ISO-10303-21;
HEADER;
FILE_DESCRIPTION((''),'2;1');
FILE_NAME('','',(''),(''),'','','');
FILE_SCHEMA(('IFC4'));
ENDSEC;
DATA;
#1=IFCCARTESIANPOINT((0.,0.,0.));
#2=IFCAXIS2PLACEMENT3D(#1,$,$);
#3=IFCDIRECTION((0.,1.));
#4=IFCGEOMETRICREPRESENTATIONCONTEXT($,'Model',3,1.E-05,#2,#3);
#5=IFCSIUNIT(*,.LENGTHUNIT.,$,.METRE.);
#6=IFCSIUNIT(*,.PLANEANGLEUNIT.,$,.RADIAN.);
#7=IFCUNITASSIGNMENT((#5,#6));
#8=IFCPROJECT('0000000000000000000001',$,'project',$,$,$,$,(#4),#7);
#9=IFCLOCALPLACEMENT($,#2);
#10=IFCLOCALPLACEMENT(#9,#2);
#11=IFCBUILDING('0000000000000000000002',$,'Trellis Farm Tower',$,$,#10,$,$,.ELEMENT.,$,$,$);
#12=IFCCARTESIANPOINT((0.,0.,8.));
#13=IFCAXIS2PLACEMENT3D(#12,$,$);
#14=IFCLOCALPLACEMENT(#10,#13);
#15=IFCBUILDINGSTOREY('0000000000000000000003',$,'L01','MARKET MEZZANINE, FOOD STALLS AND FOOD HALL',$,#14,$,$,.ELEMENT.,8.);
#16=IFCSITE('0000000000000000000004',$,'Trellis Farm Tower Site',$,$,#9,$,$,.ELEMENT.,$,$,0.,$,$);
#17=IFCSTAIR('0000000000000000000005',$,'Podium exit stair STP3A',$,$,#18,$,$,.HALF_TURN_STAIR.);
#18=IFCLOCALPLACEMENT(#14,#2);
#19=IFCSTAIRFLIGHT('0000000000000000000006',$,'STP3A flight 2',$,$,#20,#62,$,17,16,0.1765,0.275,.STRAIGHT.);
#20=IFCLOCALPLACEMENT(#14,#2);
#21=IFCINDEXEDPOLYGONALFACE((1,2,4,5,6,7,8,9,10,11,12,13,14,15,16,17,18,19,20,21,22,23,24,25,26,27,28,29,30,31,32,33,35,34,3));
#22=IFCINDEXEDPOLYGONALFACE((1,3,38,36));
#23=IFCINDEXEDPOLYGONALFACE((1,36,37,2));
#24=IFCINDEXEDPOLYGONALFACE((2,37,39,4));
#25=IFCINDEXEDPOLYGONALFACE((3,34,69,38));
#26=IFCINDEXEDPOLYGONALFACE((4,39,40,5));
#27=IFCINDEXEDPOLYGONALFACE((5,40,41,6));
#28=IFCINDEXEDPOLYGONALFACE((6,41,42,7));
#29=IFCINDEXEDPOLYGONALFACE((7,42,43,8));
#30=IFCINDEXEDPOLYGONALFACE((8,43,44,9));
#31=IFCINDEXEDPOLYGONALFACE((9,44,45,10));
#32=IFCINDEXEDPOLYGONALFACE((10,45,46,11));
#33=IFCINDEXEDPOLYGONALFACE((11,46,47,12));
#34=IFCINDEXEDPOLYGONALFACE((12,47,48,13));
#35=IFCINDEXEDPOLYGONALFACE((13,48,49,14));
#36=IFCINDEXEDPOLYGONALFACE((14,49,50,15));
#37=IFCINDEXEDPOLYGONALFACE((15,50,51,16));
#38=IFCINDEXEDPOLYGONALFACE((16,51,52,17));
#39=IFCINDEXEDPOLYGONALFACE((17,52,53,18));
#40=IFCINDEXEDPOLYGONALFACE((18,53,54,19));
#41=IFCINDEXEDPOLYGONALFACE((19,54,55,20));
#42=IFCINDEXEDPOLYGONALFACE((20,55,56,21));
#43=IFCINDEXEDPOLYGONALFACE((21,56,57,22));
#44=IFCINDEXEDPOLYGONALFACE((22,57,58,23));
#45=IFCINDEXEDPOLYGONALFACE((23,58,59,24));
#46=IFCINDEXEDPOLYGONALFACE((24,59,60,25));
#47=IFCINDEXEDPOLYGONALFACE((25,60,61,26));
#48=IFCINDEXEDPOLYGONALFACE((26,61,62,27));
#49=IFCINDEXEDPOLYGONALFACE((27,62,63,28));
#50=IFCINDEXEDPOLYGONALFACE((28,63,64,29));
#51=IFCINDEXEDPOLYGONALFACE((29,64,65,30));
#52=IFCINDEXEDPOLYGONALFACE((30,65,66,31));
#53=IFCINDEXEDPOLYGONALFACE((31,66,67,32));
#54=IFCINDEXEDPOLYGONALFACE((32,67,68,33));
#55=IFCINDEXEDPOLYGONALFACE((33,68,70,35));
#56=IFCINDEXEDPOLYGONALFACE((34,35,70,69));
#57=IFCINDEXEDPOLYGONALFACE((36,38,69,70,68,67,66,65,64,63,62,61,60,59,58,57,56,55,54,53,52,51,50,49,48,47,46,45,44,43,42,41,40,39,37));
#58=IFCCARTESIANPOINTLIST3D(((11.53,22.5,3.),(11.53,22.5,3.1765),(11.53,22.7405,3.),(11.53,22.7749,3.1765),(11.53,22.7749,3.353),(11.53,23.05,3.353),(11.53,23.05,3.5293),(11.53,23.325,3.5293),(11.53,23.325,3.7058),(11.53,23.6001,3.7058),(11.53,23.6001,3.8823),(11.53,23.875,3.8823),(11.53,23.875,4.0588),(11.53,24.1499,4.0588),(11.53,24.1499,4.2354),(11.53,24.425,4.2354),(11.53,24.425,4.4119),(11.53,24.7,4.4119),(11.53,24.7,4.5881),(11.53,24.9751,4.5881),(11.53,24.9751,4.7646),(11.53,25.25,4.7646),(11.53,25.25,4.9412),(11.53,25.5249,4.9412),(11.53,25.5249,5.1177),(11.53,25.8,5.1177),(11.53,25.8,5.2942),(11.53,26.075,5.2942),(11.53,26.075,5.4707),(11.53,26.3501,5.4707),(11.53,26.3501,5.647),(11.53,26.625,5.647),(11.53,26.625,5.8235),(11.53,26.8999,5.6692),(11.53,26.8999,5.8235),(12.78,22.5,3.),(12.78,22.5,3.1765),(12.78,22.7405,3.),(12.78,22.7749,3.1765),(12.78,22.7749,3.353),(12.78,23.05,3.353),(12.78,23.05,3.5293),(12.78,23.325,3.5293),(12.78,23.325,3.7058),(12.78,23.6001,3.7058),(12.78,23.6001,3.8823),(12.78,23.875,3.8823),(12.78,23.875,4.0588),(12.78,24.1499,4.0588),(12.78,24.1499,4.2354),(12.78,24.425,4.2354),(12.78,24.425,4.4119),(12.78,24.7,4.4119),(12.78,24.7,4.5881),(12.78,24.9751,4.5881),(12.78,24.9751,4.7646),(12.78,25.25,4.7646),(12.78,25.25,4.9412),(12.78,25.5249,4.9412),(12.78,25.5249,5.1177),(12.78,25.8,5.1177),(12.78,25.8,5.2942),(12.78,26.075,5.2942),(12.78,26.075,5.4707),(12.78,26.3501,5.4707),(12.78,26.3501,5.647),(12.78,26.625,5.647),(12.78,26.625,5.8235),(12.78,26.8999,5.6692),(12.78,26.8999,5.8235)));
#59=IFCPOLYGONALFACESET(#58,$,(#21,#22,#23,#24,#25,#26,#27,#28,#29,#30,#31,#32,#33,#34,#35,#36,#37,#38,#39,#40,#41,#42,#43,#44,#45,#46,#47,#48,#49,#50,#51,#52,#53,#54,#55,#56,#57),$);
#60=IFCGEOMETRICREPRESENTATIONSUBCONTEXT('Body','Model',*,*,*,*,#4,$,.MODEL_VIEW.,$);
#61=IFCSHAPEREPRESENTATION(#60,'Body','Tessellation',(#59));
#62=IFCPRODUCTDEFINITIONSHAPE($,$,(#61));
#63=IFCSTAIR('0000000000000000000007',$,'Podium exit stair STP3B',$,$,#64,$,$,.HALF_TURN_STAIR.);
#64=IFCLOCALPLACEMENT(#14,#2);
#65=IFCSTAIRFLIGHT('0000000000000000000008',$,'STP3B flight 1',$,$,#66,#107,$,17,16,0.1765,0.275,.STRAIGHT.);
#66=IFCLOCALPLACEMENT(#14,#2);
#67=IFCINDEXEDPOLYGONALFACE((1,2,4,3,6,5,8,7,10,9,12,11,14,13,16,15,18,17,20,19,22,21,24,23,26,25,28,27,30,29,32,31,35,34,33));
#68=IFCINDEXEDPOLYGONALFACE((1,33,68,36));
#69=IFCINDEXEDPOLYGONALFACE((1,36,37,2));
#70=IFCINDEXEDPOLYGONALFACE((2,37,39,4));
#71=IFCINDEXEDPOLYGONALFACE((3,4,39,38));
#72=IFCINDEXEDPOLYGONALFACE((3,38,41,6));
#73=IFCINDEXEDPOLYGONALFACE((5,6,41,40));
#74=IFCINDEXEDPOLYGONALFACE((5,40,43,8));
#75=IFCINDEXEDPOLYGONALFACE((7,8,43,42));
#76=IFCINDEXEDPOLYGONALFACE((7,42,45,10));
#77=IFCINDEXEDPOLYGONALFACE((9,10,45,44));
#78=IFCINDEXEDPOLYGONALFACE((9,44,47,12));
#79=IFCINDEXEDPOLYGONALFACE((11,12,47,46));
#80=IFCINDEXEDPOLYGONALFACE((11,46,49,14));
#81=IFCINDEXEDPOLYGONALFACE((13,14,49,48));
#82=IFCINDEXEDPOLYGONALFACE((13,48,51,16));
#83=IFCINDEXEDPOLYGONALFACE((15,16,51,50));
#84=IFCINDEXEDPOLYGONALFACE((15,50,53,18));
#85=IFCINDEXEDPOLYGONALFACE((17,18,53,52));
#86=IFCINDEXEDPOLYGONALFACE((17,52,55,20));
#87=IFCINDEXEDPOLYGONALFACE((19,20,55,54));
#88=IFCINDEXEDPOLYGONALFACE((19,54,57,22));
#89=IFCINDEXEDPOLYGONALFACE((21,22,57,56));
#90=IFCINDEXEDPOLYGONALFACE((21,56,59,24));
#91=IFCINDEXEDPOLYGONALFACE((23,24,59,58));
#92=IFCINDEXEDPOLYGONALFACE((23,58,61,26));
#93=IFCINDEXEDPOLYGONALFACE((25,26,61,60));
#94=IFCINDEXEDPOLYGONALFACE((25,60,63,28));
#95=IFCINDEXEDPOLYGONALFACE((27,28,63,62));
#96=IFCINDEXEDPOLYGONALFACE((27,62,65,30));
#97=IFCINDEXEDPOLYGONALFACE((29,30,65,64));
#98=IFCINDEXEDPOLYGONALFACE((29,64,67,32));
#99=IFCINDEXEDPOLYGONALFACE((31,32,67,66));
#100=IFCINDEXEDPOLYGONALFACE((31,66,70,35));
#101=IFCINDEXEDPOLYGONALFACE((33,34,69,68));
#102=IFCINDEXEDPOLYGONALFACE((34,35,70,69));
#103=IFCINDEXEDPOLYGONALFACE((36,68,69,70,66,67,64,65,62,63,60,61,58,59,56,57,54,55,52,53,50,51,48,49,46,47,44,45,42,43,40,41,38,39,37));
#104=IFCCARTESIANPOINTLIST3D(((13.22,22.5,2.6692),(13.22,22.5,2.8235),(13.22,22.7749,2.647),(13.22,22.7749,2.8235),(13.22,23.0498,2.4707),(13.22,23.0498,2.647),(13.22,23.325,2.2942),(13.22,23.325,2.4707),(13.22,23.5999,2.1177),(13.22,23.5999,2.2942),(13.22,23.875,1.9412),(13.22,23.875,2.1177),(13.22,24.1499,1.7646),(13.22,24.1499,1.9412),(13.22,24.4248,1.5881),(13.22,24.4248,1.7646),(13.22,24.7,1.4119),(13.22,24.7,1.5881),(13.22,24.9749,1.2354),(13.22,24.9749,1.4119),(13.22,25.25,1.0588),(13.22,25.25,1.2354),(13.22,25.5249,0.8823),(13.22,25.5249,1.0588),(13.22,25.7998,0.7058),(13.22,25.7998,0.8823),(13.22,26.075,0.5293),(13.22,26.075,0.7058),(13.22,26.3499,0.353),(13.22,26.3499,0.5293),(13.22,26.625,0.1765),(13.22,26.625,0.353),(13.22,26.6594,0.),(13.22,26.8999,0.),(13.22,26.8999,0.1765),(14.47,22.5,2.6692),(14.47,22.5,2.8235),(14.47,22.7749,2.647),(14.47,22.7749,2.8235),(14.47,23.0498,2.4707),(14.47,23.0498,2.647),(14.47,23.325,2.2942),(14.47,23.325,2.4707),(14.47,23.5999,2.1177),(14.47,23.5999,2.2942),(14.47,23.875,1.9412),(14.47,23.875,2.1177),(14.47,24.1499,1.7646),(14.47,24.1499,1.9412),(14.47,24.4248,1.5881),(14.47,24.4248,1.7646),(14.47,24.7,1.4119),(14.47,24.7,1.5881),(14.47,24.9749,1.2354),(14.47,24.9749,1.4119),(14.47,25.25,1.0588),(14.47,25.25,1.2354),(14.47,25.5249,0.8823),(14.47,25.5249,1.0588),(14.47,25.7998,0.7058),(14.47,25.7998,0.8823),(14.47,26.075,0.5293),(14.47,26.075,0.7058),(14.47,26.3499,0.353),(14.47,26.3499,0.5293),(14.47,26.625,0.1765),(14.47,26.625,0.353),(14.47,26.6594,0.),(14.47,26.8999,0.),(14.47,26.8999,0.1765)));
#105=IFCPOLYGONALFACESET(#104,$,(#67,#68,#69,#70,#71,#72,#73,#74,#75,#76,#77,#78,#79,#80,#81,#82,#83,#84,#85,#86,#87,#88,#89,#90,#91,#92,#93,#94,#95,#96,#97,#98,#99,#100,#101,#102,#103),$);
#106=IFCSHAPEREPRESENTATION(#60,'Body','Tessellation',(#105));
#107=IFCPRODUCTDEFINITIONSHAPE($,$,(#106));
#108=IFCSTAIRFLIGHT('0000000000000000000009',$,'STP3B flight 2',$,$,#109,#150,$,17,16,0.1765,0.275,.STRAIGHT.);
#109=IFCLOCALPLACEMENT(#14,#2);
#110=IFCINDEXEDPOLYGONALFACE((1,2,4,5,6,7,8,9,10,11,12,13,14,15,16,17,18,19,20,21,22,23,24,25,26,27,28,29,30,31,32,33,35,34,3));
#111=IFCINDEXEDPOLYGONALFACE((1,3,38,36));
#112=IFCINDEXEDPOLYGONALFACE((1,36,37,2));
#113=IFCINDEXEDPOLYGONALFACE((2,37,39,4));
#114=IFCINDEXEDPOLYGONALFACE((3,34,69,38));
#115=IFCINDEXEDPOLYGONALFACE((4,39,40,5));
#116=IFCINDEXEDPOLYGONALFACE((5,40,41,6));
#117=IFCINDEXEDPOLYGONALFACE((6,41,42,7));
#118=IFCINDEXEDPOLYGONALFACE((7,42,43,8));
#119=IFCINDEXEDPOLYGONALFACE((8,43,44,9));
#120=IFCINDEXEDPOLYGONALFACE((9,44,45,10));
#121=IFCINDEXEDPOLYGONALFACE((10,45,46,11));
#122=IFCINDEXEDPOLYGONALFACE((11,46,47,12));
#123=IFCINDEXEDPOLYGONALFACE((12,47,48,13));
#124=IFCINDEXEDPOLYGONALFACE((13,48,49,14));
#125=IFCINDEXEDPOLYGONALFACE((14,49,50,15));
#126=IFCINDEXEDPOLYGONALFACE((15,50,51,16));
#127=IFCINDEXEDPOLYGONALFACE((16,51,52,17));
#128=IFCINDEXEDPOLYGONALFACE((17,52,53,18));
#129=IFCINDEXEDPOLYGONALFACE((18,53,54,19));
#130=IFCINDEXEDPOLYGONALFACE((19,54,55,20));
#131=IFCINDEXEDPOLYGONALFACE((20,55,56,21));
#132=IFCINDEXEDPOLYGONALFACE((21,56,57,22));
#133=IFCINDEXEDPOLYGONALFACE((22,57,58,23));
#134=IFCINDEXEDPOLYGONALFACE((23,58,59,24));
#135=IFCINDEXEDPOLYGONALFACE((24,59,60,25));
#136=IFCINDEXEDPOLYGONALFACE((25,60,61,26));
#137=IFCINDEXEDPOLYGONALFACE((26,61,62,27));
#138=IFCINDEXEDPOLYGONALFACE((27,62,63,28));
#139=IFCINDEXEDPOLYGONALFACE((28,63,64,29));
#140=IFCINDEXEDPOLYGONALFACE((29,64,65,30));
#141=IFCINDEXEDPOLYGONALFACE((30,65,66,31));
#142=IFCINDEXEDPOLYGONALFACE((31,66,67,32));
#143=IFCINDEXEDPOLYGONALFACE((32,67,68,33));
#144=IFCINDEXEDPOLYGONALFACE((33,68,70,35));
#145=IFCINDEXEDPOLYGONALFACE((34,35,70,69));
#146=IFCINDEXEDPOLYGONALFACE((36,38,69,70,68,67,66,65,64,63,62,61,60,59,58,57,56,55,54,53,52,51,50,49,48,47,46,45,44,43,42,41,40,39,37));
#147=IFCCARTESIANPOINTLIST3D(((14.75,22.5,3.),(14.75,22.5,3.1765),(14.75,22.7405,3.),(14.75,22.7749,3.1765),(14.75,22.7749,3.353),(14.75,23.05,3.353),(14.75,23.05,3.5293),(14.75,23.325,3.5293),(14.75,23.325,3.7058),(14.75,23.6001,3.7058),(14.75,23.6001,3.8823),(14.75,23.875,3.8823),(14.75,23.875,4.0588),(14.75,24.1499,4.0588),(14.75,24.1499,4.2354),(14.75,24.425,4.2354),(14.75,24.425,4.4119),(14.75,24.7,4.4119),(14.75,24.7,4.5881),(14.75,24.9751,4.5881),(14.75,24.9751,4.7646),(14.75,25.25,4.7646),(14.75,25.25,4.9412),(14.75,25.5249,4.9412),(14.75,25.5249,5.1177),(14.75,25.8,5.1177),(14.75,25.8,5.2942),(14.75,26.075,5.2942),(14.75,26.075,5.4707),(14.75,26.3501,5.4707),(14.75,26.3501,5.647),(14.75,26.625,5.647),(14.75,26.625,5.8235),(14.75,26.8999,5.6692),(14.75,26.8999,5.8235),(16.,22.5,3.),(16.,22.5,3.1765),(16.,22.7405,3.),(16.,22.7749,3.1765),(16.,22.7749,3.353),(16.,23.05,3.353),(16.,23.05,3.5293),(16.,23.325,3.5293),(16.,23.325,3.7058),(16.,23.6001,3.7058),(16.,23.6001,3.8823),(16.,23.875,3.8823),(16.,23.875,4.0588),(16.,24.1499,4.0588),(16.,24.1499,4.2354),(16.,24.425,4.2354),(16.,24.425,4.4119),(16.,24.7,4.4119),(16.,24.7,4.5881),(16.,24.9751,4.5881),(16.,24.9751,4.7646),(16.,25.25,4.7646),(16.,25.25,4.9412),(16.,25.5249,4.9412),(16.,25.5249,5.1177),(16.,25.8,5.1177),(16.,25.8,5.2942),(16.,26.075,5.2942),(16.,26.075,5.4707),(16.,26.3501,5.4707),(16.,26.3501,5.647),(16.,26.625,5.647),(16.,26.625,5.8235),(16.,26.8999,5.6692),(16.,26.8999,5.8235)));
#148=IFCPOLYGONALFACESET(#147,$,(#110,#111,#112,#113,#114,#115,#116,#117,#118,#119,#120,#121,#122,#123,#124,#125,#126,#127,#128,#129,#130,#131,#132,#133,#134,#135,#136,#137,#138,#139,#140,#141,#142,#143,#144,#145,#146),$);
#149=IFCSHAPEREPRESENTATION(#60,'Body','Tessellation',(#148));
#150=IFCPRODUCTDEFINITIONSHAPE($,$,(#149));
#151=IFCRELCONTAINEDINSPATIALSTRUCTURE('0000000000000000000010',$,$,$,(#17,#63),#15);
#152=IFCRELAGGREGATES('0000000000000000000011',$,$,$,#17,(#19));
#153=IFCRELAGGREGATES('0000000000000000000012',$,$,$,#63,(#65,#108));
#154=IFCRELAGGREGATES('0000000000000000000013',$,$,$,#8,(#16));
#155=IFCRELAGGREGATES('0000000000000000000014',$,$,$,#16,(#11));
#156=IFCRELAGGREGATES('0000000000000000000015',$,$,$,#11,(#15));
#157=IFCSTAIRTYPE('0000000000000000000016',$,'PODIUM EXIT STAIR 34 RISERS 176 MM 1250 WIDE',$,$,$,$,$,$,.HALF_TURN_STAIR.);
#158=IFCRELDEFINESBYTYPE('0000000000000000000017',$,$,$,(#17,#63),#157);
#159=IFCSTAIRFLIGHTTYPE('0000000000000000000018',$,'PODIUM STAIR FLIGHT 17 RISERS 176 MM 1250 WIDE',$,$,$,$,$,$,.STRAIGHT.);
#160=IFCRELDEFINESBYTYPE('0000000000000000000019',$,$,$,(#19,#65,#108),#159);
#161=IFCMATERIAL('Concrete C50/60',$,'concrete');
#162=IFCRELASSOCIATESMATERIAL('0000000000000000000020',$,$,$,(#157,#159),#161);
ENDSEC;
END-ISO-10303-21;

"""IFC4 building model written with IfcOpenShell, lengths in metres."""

from ifc_helpers import new_model, si_unit, direction, frame, origin, place, context, subcontext, project, spatial, polyline, outline, extrude, source, transform, mapped, material, type_object, element, aggregate, save


model = new_model("IFC4")

# Units and contexts
model_context = context("Model", 3, precision=1e-05, world=origin(), true_north=direction((0.0, 1.0)))
body_context = subcontext(model_context, "Body", "Model", "MODEL_VIEW")
ifc_project = project(units=[si_unit("LENGTHUNIT", "METRE"), si_unit("PLANEANGLEUNIT", "RADIAN")], contexts=[model_context])

# Site, building, storey
site_placement = place(None, origin())
site = spatial("IfcSite", under=ifc_project, at=site_placement, Name="Trellis Farm Tower Site", CompositionType="ELEMENT", RefElevation=0.0)
building_placement = place(site_placement, origin())
building = spatial("IfcBuilding", under=site, at=building_placement, Name="Trellis Farm Tower", CompositionType="ELEMENT")
storey_placement = place(building_placement, frame((0.0, 0.0, 8.0)))
storey = spatial("IfcBuildingStorey", under=building, at=storey_placement, Name="L01", Description="MARKET MEZZANINE, FOOD STALLS AND FOOD HALL", CompositionType="ELEMENT", Elevation=8.0)

# Stairs, stair flights
ifc_material_1 = material(Name="Concrete C50/60", Category="concrete")
stair_type = type_object("IfcStairType", Name="PODIUM EXIT STAIR 34 RISERS 176 MM 1250 WIDE", PredefinedType="HALF_TURN_STAIR", material=ifc_material_1)
placement = place(storey_placement, origin())
stair_1 = element("IfcStair", 1, at=placement, inside=storey, type_object=stair_type, Name="Podium exit stair STP3A", PredefinedType="HALF_TURN_STAIR")
stair_flight_type = type_object("IfcStairFlightType", Name="PODIUM STAIR FLIGHT 17 RISERS 176 MM 1250 WIDE", PredefinedType="STRAIGHT", material=ifc_material_1)
shared_shape_1 = source(origin(), body_context, "Body", "SweptSolid", [
    extrude(outline(polyline([(0.0, 0.0), (0.0, 0.1765), (0.2749, 0.1765), (0.2749, 0.353), (0.55, 0.353), (0.55, 0.5293), (0.825, 0.5293), (0.825, 0.7058), (1.1001, 0.7058), (1.1001, 0.8823), (1.375, 0.8823), (1.375, 1.0588), (1.6499, 1.0588), (1.6499, 1.2354), (1.925, 1.2354), (1.925, 1.4119), (2.2, 1.4119), (2.2, 1.5881), (2.4751, 1.5881), (2.4751, 1.7646), (2.75, 1.7646), (2.75, 1.9412), (3.0249, 1.9412), (3.0249, 2.1177), (3.3, 2.1177), (3.3, 2.2942), (3.575, 2.2942), (3.575, 2.4707), (3.8501, 2.4707), (3.8501, 2.647), (4.125, 2.647), (4.125, 2.8235), (4.3999, 2.8235), (4.3999, 3.0), (4.3999, 2.6692), (0.2405, 0.0), (0.0, 0.0)])), frame((0.0, 0.625, 0.0), z_axis=(0.0, -1.0, 0.0), x_axis=(1.0, 0.0, 0.0)), (0.0, 0.0, 1.0), 1.25),
])
stair_flight_1_placement = place(storey_placement, frame((12.155, 22.5, 3.0), z_axis=(0.0, 0.0, 1.0), x_axis=(0.0, 1.0, 0.0)))
stair_flight_1 = element("IfcStairFlight", 2, at=stair_flight_1_placement, type_object=stair_flight_type, Name="STP3A flight 2", NumberOfRisers=17, NumberOfTreads=16, PredefinedType="STRAIGHT", RiserHeight=0.1765, TreadLength=0.275, context=body_context, shape_type="MappedRepresentation", body=[
    mapped(shared_shape_1, transform((0.0, 0.0, 0.0))),
])
aggregate(stair_1, [stair_flight_1])
stair_2 = element("IfcStair", 3, at=placement, inside=storey, type_object=stair_type, Name="Podium exit stair STP3B", PredefinedType="HALF_TURN_STAIR")
stair_flight_2_placement = place(storey_placement, frame((13.845, 26.8999, 0.0), z_axis=(0.0, 0.0, 1.0), x_axis=(0.0, -1.0, 0.0)))
stair_flight_2 = element("IfcStairFlight", 4, at=stair_flight_2_placement, type_object=stair_flight_type, Name="STP3B flight 1", NumberOfRisers=17, NumberOfTreads=16, PredefinedType="STRAIGHT", RiserHeight=0.1765, TreadLength=0.275, context=body_context, shape_type="MappedRepresentation", body=[
    mapped(shared_shape_1, transform((0.0, 0.0, 0.0))),
])
stair_flight_3_placement = place(storey_placement, frame((15.375, 22.5, 3.0), z_axis=(0.0, 0.0, 1.0), x_axis=(0.0, 1.0, 0.0)))
stair_flight_3 = element("IfcStairFlight", 5, at=stair_flight_3_placement, type_object=stair_flight_type, Name="STP3B flight 2", NumberOfRisers=17, NumberOfTreads=16, PredefinedType="STRAIGHT", RiserHeight=0.1765, TreadLength=0.275, context=body_context, shape_type="MappedRepresentation", body=[
    mapped(shared_shape_1, transform((0.0, 0.0, 0.0))),
])
aggregate(stair_2, [stair_flight_2, stair_flight_3])

save(model, "model.ifc")
